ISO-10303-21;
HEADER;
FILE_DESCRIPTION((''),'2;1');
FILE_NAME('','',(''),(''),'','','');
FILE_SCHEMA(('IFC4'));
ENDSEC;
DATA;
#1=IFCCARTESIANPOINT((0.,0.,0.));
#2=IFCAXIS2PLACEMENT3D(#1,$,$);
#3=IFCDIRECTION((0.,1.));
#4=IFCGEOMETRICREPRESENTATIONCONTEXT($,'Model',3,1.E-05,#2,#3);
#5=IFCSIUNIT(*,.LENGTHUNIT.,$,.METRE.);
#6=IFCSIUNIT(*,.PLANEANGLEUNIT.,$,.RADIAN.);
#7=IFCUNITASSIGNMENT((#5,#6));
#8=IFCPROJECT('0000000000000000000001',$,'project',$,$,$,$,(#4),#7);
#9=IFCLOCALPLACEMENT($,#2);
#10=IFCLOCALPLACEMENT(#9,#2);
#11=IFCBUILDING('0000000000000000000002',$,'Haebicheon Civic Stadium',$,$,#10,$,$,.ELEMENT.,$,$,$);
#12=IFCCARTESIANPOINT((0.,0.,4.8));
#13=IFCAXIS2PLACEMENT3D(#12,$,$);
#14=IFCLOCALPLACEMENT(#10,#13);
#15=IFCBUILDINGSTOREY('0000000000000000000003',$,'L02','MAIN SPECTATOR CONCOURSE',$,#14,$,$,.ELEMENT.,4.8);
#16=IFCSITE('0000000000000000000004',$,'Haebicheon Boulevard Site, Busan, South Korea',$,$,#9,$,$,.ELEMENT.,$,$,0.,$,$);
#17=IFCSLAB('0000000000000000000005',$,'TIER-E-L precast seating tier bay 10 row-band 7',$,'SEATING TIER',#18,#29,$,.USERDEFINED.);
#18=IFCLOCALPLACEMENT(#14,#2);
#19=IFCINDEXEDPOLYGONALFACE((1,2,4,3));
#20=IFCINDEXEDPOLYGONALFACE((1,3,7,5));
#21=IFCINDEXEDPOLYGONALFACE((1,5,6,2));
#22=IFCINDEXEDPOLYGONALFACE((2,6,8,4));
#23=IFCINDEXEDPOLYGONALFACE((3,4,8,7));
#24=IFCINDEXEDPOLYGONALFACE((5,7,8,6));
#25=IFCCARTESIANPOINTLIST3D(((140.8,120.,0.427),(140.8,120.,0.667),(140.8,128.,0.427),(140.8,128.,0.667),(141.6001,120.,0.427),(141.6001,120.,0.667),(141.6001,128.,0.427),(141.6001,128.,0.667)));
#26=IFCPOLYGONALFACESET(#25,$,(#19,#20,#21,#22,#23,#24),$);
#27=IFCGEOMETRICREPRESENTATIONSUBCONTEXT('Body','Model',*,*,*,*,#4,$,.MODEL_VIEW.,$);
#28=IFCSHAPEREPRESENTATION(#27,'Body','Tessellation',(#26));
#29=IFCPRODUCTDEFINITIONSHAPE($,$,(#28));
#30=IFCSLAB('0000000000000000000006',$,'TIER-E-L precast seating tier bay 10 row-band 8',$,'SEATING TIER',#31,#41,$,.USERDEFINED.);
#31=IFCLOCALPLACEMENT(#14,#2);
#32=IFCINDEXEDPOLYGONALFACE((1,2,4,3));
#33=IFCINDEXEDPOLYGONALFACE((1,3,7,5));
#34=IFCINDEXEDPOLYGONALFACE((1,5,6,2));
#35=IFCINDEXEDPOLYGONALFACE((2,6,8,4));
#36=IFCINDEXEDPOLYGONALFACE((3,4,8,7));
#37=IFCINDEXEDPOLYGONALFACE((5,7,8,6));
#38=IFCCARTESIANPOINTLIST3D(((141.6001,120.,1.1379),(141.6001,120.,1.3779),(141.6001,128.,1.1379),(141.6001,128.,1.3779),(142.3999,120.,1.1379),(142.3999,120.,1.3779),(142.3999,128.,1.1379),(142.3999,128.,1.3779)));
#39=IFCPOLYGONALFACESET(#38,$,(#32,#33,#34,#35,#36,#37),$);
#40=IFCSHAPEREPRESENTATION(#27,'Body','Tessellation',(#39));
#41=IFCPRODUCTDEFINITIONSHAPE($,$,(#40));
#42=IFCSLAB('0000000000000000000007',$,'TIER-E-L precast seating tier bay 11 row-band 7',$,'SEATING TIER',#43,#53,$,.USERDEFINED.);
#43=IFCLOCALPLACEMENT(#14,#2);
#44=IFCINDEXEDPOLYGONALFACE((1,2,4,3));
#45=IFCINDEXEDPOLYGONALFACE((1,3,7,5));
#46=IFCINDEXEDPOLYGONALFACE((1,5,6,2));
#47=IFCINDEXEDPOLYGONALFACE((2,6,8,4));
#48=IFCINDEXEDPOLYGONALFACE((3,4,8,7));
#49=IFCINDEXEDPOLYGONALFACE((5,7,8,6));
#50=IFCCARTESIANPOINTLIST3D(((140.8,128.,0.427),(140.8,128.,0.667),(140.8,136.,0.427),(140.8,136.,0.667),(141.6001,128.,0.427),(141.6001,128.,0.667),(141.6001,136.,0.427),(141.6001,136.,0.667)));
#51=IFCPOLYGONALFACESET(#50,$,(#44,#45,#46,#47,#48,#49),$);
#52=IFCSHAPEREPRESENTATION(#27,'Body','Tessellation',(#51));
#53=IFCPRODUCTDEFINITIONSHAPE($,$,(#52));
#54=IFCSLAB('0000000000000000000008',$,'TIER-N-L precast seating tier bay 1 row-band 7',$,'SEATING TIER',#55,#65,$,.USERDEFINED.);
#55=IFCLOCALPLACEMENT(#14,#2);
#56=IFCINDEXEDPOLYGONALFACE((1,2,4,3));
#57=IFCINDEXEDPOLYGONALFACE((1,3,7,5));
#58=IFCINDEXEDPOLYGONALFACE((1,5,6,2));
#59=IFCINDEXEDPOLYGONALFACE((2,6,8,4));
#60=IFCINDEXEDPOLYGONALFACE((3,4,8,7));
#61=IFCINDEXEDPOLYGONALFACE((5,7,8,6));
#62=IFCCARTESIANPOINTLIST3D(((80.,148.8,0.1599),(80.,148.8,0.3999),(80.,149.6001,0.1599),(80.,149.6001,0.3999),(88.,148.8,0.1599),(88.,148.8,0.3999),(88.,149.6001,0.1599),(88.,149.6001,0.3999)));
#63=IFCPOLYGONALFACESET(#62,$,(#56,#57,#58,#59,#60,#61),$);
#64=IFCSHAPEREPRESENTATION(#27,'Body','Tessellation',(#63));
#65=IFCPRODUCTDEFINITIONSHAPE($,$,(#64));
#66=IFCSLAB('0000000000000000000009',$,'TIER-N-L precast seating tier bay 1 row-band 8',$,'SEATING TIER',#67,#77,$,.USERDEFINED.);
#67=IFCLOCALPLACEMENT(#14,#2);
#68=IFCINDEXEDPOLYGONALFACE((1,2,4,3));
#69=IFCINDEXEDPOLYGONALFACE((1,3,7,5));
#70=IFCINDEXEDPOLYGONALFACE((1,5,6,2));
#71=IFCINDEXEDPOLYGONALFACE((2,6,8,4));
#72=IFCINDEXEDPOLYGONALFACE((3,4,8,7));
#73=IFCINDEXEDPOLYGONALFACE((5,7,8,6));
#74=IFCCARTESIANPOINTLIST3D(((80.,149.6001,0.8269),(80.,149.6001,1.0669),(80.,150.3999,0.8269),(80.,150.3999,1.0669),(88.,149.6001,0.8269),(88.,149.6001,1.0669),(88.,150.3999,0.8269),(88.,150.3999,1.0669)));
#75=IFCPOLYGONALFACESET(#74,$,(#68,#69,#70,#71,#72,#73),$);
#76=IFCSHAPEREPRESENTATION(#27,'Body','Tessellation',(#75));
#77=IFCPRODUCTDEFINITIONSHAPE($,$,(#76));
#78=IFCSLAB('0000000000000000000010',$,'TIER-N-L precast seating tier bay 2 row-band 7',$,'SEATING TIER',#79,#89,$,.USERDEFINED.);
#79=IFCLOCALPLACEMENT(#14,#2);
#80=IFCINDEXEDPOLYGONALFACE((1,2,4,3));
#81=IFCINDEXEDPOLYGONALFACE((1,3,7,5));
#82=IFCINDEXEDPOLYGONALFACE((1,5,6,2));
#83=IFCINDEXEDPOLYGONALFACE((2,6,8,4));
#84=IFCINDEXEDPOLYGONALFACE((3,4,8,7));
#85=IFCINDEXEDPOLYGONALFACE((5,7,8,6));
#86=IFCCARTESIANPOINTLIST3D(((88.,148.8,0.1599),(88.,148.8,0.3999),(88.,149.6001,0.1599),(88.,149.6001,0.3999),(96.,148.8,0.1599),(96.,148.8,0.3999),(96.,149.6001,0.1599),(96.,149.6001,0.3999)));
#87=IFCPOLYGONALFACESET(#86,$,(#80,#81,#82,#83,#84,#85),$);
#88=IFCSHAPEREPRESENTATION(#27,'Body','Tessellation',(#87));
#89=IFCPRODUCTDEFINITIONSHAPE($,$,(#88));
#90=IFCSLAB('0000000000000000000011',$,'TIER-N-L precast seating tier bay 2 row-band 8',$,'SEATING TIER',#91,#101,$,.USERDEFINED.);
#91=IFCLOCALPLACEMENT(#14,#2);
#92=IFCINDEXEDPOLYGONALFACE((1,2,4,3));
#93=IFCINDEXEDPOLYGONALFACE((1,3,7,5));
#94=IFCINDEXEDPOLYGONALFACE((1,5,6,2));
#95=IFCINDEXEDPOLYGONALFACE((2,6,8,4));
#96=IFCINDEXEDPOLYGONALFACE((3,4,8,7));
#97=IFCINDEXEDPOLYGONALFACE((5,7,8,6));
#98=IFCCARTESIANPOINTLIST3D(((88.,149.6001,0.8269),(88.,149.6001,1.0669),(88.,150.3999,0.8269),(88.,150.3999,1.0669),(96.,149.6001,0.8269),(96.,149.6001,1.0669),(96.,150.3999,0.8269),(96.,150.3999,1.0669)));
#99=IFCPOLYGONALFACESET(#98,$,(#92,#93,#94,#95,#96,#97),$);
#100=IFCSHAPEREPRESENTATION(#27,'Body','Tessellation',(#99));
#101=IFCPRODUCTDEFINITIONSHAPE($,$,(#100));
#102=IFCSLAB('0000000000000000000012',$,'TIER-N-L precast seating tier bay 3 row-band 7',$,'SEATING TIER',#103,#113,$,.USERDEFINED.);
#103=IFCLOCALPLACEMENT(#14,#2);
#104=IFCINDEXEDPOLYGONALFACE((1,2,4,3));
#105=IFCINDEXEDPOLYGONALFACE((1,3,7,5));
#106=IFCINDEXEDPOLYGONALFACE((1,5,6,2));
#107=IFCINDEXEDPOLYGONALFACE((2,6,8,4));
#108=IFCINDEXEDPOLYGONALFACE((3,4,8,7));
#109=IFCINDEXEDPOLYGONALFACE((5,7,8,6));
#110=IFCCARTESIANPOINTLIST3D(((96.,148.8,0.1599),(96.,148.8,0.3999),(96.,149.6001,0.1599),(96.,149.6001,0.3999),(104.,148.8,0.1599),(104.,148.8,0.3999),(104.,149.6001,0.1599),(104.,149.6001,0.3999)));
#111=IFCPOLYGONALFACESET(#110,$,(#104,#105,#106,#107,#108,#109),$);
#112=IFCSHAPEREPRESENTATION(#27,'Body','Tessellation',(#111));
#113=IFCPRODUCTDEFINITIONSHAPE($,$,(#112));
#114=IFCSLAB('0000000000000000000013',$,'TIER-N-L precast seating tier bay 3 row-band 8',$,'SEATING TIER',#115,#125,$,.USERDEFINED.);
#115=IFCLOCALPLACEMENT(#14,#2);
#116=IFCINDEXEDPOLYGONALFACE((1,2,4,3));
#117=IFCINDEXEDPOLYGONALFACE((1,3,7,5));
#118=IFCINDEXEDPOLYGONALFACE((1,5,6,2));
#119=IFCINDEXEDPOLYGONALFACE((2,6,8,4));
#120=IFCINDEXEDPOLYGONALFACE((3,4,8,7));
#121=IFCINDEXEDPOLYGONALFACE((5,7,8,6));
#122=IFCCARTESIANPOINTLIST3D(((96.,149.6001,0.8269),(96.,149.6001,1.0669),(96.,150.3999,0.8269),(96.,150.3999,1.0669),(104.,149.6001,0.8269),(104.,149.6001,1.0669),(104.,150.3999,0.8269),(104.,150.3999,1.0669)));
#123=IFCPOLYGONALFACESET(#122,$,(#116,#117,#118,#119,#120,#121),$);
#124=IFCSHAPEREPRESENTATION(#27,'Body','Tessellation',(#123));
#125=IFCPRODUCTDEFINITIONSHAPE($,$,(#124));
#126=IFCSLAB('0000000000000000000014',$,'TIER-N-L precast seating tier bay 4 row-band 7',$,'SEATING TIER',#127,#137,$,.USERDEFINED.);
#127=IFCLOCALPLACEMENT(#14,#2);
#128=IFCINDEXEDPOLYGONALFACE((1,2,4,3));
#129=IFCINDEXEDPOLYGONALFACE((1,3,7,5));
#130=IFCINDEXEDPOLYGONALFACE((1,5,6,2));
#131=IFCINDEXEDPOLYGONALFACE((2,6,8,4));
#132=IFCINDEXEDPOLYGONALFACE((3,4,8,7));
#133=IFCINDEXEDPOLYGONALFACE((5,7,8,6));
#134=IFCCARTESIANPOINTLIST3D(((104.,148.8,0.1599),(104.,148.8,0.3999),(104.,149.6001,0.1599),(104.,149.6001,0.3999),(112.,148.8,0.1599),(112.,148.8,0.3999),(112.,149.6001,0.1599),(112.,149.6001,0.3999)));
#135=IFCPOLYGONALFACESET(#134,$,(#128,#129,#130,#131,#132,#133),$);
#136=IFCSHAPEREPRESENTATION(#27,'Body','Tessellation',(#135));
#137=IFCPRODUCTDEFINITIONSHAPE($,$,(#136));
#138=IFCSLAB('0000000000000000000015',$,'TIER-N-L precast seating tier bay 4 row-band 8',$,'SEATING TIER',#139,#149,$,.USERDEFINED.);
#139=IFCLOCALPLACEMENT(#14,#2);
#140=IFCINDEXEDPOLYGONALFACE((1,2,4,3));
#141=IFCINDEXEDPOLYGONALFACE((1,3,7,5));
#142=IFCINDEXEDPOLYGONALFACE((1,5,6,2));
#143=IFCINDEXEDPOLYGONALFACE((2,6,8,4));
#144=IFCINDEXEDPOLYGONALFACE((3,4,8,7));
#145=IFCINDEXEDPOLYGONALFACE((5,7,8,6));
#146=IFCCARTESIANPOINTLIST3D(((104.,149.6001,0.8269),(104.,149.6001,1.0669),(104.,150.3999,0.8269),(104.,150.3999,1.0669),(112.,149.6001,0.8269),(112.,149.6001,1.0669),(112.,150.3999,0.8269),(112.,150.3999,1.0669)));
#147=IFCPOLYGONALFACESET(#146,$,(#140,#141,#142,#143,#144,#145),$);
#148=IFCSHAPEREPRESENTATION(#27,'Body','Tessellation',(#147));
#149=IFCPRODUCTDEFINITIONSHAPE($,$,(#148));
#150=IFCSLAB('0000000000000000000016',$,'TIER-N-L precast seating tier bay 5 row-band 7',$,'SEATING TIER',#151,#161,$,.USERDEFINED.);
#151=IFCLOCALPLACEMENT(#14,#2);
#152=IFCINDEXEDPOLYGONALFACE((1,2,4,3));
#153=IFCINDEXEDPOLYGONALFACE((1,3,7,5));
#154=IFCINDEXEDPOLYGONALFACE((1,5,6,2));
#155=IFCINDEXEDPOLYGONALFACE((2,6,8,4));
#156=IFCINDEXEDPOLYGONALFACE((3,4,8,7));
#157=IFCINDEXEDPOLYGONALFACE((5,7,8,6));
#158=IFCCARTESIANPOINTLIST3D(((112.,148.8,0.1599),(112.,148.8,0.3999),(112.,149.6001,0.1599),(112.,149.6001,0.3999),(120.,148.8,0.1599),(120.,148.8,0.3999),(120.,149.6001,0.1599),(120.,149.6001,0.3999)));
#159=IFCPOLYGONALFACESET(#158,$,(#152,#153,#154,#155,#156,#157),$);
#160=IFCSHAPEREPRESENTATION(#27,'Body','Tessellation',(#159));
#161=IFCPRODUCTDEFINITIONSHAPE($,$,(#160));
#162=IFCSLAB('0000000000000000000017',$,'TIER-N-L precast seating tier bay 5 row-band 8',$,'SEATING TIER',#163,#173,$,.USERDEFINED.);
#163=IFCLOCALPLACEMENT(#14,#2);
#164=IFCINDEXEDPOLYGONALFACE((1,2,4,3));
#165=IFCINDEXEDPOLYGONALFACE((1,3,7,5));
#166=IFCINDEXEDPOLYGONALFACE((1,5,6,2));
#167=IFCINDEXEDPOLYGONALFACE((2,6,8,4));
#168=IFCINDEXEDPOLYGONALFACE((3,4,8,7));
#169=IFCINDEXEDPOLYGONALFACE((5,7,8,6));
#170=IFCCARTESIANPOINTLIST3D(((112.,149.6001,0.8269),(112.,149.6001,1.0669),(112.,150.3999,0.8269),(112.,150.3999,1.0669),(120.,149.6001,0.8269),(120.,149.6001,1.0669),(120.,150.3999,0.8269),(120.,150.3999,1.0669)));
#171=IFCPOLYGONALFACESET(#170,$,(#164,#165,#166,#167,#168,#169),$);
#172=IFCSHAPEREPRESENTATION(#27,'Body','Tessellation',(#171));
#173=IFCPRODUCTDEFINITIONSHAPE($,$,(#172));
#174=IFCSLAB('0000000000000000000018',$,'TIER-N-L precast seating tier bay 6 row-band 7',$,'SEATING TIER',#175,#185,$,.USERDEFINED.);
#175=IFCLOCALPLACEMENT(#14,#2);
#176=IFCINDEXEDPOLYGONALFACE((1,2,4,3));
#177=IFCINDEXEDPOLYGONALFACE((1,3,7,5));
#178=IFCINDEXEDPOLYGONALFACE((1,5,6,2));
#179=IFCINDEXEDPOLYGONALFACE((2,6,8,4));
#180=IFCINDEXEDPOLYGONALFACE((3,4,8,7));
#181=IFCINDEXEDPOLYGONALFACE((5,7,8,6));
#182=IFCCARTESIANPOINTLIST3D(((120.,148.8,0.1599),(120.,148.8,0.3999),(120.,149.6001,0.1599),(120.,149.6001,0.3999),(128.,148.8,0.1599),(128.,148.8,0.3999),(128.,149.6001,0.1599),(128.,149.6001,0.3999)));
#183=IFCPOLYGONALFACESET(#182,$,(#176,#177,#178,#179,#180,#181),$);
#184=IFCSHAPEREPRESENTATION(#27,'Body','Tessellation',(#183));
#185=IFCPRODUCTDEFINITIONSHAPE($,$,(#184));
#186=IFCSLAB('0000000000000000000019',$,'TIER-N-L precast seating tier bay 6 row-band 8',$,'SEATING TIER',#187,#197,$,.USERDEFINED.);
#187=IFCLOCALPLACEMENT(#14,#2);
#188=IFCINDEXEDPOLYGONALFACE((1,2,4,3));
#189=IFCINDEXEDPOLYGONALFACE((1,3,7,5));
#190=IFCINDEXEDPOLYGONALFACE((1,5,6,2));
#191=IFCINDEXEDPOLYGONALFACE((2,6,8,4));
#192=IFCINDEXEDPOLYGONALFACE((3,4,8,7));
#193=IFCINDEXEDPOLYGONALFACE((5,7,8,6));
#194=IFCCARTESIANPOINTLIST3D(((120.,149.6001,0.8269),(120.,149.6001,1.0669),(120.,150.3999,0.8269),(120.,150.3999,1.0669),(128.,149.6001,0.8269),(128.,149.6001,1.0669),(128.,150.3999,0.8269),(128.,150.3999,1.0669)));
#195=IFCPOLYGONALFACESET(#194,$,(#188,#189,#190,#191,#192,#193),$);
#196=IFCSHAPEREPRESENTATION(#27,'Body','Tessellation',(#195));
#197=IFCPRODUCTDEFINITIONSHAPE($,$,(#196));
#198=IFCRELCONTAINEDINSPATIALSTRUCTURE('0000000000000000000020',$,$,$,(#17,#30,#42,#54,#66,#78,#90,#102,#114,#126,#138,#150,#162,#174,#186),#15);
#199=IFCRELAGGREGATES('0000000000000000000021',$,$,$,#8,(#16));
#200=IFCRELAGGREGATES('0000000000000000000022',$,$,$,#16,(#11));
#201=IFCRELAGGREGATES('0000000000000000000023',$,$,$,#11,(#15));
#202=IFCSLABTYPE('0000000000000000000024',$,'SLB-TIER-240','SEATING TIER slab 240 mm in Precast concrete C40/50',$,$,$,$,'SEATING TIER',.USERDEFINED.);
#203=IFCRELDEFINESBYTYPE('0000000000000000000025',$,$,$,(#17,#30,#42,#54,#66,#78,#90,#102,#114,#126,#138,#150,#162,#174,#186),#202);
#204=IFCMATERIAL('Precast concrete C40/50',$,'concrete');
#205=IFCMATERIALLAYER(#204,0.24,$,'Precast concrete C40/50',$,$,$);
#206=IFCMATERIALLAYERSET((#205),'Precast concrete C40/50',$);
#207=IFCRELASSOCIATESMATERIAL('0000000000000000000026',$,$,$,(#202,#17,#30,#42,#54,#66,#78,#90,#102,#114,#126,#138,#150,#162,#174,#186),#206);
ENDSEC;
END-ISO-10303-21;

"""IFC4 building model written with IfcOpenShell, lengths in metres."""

from ifc_helpers import new_model, si_unit, direction, frame, origin, place, context, subcontext, project, spatial, polyline, outline, extrude, material, layer, layer_set, type_object, element, save


model = new_model("IFC4")

# Units and contexts
model_context = context("Model", 3, precision=1e-05, world=origin(), true_north=direction((0.0, 1.0)))
body_context = subcontext(model_context, "Body", "Model", "MODEL_VIEW")
ifc_project = project(units=[si_unit("LENGTHUNIT", "METRE"), si_unit("PLANEANGLEUNIT", "RADIAN")], contexts=[model_context])

# Site, building, storey
site_placement = place(None, origin())
site = spatial("IfcSite", under=ifc_project, at=site_placement, Name="Haebicheon Boulevard Site, Busan, South Korea", CompositionType="ELEMENT", RefElevation=0.0)
building_placement = place(site_placement, origin())
building = spatial("IfcBuilding", under=site, at=building_placement, Name="Haebicheon Civic Stadium", CompositionType="ELEMENT")
storey_placement = place(building_placement, frame((0.0, 0.0, 4.8)))
storey = spatial("IfcBuildingStorey", under=building, at=storey_placement, Name="L02", Description="MAIN SPECTATOR CONCOURSE", CompositionType="ELEMENT", Elevation=4.8)

# Slabs
ifc_material = material(Name="Precast concrete C40/50", Category="concrete")
ifc_layer = layer(ifc_material, 0.24, Name="Precast concrete C40/50")
ifc_layer_set = layer_set([ifc_layer], Name="Precast concrete C40/50")
slab_type = type_object("IfcSlabType", Name="SLB-TIER-240", Description="SEATING TIER slab 240 mm in Precast concrete C40/50", ElementType="SEATING TIER", PredefinedType="USERDEFINED", material=ifc_layer_set)
slab_1_placement = place(storey_placement, frame((0.0, 0.0, 0.427)))
element("IfcSlab", 1, at=slab_1_placement, inside=storey, type_object=slab_type, material=ifc_layer_set, Name="TIER-E-L precast seating tier bay 10 row-band 7", ObjectType="SEATING TIER", PredefinedType="USERDEFINED", context=body_context, shape_type="SweptSolid", body=[
    extrude(outline(polyline([(140.8, 120.0), (141.6001, 120.0), (141.6001, 128.0), (140.8, 128.0), (140.8, 120.0)])), origin(), (0.0, 0.0, 1.0), 0.24),
])
slab_2_placement = place(storey_placement, frame((0.0, 0.0, 1.1379)))
element("IfcSlab", 2, at=slab_2_placement, inside=storey, type_object=slab_type, material=ifc_layer_set, Name="TIER-E-L precast seating tier bay 10 row-band 8", ObjectType="SEATING TIER", PredefinedType="USERDEFINED", context=body_context, shape_type="SweptSolid", body=[
    extrude(outline(polyline([(141.6001, 120.0), (142.3999, 120.0), (142.3999, 128.0), (141.6001, 128.0), (141.6001, 120.0)])), origin(), (0.0, 0.0, 1.0), 0.24),
])
slab_3_placement = place(storey_placement, frame((0.0, 0.0, 0.427)))
element("IfcSlab", 3, at=slab_3_placement, inside=storey, type_object=slab_type, material=ifc_layer_set, Name="TIER-E-L precast seating tier bay 11 row-band 7", ObjectType="SEATING TIER", PredefinedType="USERDEFINED", context=body_context, shape_type="SweptSolid", body=[
    extrude(outline(polyline([(140.8, 128.0), (141.6001, 128.0), (141.6001, 136.0), (140.8, 136.0), (140.8, 128.0)])), origin(), (0.0, 0.0, 1.0), 0.24),
])
slab_4_placement = place(storey_placement, frame((0.0, 0.0, 0.1599)))
element("IfcSlab", 4, at=slab_4_placement, inside=storey, type_object=slab_type, material=ifc_layer_set, Name="TIER-N-L precast seating tier bay 1 row-band 7", ObjectType="SEATING TIER", PredefinedType="USERDEFINED", context=body_context, shape_type="SweptSolid", body=[
    extrude(outline(polyline([(80.0, 148.8), (88.0, 148.8), (88.0, 149.6001), (80.0, 149.6001), (80.0, 148.8)])), origin(), (0.0, 0.0, 1.0), 0.24),
])
slab_5_placement = place(storey_placement, frame((0.0, 0.0, 0.8269)))
element("IfcSlab", 5, at=slab_5_placement, inside=storey, type_object=slab_type, material=ifc_layer_set, Name="TIER-N-L precast seating tier bay 1 row-band 8", ObjectType="SEATING TIER", PredefinedType="USERDEFINED", context=body_context, shape_type="SweptSolid", body=[
    extrude(outline(polyline([(80.0, 149.6001), (88.0, 149.6001), (88.0, 150.3999), (80.0, 150.3999), (80.0, 149.6001)])), origin(), (0.0, 0.0, 1.0), 0.24),
])
slab_6_placement = place(storey_placement, frame((0.0, 0.0, 0.1599)))
element("IfcSlab", 6, at=slab_6_placement, inside=storey, type_object=slab_type, material=ifc_layer_set, Name="TIER-N-L precast seating tier bay 2 row-band 7", ObjectType="SEATING TIER", PredefinedType="USERDEFINED", context=body_context, shape_type="SweptSolid", body=[
    extrude(outline(polyline([(88.0, 148.8), (96.0, 148.8), (96.0, 149.6001), (88.0, 149.6001), (88.0, 148.8)])), origin(), (0.0, 0.0, 1.0), 0.24),
])
slab_7_placement = place(storey_placement, frame((0.0, 0.0, 0.8269)))
element("IfcSlab", 7, at=slab_7_placement, inside=storey, type_object=slab_type, material=ifc_layer_set, Name="TIER-N-L precast seating tier bay 2 row-band 8", ObjectType="SEATING TIER", PredefinedType="USERDEFINED", context=body_context, shape_type="SweptSolid", body=[
    extrude(outline(polyline([(88.0, 149.6001), (96.0, 149.6001), (96.0, 150.3999), (88.0, 150.3999), (88.0, 149.6001)])), origin(), (0.0, 0.0, 1.0), 0.24),
])
slab_8_placement = place(storey_placement, frame((0.0, 0.0, 0.1599)))
element("IfcSlab", 8, at=slab_8_placement, inside=storey, type_object=slab_type, material=ifc_layer_set, Name="TIER-N-L precast seating tier bay 3 row-band 7", ObjectType="SEATING TIER", PredefinedType="USERDEFINED", context=body_context, shape_type="SweptSolid", body=[
    extrude(outline(polyline([(96.0, 148.8), (104.0, 148.8), (104.0, 149.6001), (96.0, 149.6001), (96.0, 148.8)])), origin(), (0.0, 0.0, 1.0), 0.24),
])
slab_9_placement = place(storey_placement, frame((0.0, 0.0, 0.8269)))
element("IfcSlab", 9, at=slab_9_placement, inside=storey, type_object=slab_type, material=ifc_layer_set, Name="TIER-N-L precast seating tier bay 3 row-band 8", ObjectType="SEATING TIER", PredefinedType="USERDEFINED", context=body_context, shape_type="SweptSolid", body=[
    extrude(outline(polyline([(96.0, 149.6001), (104.0, 149.6001), (104.0, 150.3999), (96.0, 150.3999), (96.0, 149.6001)])), origin(), (0.0, 0.0, 1.0), 0.24),
])
slab_10_placement = place(storey_placement, frame((0.0, 0.0, 0.1599)))
element("IfcSlab", 10, at=slab_10_placement, inside=storey, type_object=slab_type, material=ifc_layer_set, Name="TIER-N-L precast seating tier bay 4 row-band 7", ObjectType="SEATING TIER", PredefinedType="USERDEFINED", context=body_context, shape_type="SweptSolid", body=[
    extrude(outline(polyline([(104.0, 148.8), (112.0, 148.8), (112.0, 149.6001), (104.0, 149.6001), (104.0, 148.8)])), origin(), (0.0, 0.0, 1.0), 0.24),
])
slab_11_placement = place(storey_placement, frame((0.0, 0.0, 0.8269)))
element("IfcSlab", 11, at=slab_11_placement, inside=storey, type_object=slab_type, material=ifc_layer_set, Name="TIER-N-L precast seating tier bay 4 row-band 8", ObjectType="SEATING TIER", PredefinedType="USERDEFINED", context=body_context, shape_type="SweptSolid", body=[
    extrude(outline(polyline([(104.0, 149.6001), (112.0, 149.6001), (112.0, 150.3999), (104.0, 150.3999), (104.0, 149.6001)])), origin(), (0.0, 0.0, 1.0), 0.24),
])
slab_12_placement = place(storey_placement, frame((0.0, 0.0, 0.1599)))
element("IfcSlab", 12, at=slab_12_placement, inside=storey, type_object=slab_type, material=ifc_layer_set, Name="TIER-N-L precast seating tier bay 5 row-band 7", ObjectType="SEATING TIER", PredefinedType="USERDEFINED", context=body_context, shape_type="SweptSolid", body=[
    extrude(outline(polyline([(112.0, 148.8), (120.0, 148.8), (120.0, 149.6001), (112.0, 149.6001), (112.0, 148.8)])), origin(), (0.0, 0.0, 1.0), 0.24),
])
slab_13_placement = place(storey_placement, frame((0.0, 0.0, 0.8269)))
element("IfcSlab", 13, at=slab_13_placement, inside=storey, type_object=slab_type, material=ifc_layer_set, Name="TIER-N-L precast seating tier bay 5 row-band 8", ObjectType="SEATING TIER", PredefinedType="USERDEFINED", context=body_context, shape_type="SweptSolid", body=[
    extrude(outline(polyline([(112.0, 149.6001), (120.0, 149.6001), (120.0, 150.3999), (112.0, 150.3999), (112.0, 149.6001)])), origin(), (0.0, 0.0, 1.0), 0.24),
])
slab_14_placement = place(storey_placement, frame((0.0, 0.0, 0.1599)))
element("IfcSlab", 14, at=slab_14_placement, inside=storey, type_object=slab_type, material=ifc_layer_set, Name="TIER-N-L precast seating tier bay 6 row-band 7", ObjectType="SEATING TIER", PredefinedType="USERDEFINED", context=body_context, shape_type="SweptSolid", body=[
    extrude(outline(polyline([(120.0, 148.8), (128.0, 148.8), (128.0, 149.6001), (120.0, 149.6001), (120.0, 148.8)])), origin(), (0.0, 0.0, 1.0), 0.24),
])
slab_15_placement = place(storey_placement, frame((0.0, 0.0, 0.8269)))
element("IfcSlab", 15, at=slab_15_placement, inside=storey, type_object=slab_type, material=ifc_layer_set, Name="TIER-N-L precast seating tier bay 6 row-band 8", ObjectType="SEATING TIER", PredefinedType="USERDEFINED", context=body_context, shape_type="SweptSolid", body=[
    extrude(outline(polyline([(120.0, 149.6001), (128.0, 149.6001), (128.0, 150.3999), (120.0, 150.3999), (120.0, 149.6001)])), origin(), (0.0, 0.0, 1.0), 0.24),
])

save(model, "model.ifc")
